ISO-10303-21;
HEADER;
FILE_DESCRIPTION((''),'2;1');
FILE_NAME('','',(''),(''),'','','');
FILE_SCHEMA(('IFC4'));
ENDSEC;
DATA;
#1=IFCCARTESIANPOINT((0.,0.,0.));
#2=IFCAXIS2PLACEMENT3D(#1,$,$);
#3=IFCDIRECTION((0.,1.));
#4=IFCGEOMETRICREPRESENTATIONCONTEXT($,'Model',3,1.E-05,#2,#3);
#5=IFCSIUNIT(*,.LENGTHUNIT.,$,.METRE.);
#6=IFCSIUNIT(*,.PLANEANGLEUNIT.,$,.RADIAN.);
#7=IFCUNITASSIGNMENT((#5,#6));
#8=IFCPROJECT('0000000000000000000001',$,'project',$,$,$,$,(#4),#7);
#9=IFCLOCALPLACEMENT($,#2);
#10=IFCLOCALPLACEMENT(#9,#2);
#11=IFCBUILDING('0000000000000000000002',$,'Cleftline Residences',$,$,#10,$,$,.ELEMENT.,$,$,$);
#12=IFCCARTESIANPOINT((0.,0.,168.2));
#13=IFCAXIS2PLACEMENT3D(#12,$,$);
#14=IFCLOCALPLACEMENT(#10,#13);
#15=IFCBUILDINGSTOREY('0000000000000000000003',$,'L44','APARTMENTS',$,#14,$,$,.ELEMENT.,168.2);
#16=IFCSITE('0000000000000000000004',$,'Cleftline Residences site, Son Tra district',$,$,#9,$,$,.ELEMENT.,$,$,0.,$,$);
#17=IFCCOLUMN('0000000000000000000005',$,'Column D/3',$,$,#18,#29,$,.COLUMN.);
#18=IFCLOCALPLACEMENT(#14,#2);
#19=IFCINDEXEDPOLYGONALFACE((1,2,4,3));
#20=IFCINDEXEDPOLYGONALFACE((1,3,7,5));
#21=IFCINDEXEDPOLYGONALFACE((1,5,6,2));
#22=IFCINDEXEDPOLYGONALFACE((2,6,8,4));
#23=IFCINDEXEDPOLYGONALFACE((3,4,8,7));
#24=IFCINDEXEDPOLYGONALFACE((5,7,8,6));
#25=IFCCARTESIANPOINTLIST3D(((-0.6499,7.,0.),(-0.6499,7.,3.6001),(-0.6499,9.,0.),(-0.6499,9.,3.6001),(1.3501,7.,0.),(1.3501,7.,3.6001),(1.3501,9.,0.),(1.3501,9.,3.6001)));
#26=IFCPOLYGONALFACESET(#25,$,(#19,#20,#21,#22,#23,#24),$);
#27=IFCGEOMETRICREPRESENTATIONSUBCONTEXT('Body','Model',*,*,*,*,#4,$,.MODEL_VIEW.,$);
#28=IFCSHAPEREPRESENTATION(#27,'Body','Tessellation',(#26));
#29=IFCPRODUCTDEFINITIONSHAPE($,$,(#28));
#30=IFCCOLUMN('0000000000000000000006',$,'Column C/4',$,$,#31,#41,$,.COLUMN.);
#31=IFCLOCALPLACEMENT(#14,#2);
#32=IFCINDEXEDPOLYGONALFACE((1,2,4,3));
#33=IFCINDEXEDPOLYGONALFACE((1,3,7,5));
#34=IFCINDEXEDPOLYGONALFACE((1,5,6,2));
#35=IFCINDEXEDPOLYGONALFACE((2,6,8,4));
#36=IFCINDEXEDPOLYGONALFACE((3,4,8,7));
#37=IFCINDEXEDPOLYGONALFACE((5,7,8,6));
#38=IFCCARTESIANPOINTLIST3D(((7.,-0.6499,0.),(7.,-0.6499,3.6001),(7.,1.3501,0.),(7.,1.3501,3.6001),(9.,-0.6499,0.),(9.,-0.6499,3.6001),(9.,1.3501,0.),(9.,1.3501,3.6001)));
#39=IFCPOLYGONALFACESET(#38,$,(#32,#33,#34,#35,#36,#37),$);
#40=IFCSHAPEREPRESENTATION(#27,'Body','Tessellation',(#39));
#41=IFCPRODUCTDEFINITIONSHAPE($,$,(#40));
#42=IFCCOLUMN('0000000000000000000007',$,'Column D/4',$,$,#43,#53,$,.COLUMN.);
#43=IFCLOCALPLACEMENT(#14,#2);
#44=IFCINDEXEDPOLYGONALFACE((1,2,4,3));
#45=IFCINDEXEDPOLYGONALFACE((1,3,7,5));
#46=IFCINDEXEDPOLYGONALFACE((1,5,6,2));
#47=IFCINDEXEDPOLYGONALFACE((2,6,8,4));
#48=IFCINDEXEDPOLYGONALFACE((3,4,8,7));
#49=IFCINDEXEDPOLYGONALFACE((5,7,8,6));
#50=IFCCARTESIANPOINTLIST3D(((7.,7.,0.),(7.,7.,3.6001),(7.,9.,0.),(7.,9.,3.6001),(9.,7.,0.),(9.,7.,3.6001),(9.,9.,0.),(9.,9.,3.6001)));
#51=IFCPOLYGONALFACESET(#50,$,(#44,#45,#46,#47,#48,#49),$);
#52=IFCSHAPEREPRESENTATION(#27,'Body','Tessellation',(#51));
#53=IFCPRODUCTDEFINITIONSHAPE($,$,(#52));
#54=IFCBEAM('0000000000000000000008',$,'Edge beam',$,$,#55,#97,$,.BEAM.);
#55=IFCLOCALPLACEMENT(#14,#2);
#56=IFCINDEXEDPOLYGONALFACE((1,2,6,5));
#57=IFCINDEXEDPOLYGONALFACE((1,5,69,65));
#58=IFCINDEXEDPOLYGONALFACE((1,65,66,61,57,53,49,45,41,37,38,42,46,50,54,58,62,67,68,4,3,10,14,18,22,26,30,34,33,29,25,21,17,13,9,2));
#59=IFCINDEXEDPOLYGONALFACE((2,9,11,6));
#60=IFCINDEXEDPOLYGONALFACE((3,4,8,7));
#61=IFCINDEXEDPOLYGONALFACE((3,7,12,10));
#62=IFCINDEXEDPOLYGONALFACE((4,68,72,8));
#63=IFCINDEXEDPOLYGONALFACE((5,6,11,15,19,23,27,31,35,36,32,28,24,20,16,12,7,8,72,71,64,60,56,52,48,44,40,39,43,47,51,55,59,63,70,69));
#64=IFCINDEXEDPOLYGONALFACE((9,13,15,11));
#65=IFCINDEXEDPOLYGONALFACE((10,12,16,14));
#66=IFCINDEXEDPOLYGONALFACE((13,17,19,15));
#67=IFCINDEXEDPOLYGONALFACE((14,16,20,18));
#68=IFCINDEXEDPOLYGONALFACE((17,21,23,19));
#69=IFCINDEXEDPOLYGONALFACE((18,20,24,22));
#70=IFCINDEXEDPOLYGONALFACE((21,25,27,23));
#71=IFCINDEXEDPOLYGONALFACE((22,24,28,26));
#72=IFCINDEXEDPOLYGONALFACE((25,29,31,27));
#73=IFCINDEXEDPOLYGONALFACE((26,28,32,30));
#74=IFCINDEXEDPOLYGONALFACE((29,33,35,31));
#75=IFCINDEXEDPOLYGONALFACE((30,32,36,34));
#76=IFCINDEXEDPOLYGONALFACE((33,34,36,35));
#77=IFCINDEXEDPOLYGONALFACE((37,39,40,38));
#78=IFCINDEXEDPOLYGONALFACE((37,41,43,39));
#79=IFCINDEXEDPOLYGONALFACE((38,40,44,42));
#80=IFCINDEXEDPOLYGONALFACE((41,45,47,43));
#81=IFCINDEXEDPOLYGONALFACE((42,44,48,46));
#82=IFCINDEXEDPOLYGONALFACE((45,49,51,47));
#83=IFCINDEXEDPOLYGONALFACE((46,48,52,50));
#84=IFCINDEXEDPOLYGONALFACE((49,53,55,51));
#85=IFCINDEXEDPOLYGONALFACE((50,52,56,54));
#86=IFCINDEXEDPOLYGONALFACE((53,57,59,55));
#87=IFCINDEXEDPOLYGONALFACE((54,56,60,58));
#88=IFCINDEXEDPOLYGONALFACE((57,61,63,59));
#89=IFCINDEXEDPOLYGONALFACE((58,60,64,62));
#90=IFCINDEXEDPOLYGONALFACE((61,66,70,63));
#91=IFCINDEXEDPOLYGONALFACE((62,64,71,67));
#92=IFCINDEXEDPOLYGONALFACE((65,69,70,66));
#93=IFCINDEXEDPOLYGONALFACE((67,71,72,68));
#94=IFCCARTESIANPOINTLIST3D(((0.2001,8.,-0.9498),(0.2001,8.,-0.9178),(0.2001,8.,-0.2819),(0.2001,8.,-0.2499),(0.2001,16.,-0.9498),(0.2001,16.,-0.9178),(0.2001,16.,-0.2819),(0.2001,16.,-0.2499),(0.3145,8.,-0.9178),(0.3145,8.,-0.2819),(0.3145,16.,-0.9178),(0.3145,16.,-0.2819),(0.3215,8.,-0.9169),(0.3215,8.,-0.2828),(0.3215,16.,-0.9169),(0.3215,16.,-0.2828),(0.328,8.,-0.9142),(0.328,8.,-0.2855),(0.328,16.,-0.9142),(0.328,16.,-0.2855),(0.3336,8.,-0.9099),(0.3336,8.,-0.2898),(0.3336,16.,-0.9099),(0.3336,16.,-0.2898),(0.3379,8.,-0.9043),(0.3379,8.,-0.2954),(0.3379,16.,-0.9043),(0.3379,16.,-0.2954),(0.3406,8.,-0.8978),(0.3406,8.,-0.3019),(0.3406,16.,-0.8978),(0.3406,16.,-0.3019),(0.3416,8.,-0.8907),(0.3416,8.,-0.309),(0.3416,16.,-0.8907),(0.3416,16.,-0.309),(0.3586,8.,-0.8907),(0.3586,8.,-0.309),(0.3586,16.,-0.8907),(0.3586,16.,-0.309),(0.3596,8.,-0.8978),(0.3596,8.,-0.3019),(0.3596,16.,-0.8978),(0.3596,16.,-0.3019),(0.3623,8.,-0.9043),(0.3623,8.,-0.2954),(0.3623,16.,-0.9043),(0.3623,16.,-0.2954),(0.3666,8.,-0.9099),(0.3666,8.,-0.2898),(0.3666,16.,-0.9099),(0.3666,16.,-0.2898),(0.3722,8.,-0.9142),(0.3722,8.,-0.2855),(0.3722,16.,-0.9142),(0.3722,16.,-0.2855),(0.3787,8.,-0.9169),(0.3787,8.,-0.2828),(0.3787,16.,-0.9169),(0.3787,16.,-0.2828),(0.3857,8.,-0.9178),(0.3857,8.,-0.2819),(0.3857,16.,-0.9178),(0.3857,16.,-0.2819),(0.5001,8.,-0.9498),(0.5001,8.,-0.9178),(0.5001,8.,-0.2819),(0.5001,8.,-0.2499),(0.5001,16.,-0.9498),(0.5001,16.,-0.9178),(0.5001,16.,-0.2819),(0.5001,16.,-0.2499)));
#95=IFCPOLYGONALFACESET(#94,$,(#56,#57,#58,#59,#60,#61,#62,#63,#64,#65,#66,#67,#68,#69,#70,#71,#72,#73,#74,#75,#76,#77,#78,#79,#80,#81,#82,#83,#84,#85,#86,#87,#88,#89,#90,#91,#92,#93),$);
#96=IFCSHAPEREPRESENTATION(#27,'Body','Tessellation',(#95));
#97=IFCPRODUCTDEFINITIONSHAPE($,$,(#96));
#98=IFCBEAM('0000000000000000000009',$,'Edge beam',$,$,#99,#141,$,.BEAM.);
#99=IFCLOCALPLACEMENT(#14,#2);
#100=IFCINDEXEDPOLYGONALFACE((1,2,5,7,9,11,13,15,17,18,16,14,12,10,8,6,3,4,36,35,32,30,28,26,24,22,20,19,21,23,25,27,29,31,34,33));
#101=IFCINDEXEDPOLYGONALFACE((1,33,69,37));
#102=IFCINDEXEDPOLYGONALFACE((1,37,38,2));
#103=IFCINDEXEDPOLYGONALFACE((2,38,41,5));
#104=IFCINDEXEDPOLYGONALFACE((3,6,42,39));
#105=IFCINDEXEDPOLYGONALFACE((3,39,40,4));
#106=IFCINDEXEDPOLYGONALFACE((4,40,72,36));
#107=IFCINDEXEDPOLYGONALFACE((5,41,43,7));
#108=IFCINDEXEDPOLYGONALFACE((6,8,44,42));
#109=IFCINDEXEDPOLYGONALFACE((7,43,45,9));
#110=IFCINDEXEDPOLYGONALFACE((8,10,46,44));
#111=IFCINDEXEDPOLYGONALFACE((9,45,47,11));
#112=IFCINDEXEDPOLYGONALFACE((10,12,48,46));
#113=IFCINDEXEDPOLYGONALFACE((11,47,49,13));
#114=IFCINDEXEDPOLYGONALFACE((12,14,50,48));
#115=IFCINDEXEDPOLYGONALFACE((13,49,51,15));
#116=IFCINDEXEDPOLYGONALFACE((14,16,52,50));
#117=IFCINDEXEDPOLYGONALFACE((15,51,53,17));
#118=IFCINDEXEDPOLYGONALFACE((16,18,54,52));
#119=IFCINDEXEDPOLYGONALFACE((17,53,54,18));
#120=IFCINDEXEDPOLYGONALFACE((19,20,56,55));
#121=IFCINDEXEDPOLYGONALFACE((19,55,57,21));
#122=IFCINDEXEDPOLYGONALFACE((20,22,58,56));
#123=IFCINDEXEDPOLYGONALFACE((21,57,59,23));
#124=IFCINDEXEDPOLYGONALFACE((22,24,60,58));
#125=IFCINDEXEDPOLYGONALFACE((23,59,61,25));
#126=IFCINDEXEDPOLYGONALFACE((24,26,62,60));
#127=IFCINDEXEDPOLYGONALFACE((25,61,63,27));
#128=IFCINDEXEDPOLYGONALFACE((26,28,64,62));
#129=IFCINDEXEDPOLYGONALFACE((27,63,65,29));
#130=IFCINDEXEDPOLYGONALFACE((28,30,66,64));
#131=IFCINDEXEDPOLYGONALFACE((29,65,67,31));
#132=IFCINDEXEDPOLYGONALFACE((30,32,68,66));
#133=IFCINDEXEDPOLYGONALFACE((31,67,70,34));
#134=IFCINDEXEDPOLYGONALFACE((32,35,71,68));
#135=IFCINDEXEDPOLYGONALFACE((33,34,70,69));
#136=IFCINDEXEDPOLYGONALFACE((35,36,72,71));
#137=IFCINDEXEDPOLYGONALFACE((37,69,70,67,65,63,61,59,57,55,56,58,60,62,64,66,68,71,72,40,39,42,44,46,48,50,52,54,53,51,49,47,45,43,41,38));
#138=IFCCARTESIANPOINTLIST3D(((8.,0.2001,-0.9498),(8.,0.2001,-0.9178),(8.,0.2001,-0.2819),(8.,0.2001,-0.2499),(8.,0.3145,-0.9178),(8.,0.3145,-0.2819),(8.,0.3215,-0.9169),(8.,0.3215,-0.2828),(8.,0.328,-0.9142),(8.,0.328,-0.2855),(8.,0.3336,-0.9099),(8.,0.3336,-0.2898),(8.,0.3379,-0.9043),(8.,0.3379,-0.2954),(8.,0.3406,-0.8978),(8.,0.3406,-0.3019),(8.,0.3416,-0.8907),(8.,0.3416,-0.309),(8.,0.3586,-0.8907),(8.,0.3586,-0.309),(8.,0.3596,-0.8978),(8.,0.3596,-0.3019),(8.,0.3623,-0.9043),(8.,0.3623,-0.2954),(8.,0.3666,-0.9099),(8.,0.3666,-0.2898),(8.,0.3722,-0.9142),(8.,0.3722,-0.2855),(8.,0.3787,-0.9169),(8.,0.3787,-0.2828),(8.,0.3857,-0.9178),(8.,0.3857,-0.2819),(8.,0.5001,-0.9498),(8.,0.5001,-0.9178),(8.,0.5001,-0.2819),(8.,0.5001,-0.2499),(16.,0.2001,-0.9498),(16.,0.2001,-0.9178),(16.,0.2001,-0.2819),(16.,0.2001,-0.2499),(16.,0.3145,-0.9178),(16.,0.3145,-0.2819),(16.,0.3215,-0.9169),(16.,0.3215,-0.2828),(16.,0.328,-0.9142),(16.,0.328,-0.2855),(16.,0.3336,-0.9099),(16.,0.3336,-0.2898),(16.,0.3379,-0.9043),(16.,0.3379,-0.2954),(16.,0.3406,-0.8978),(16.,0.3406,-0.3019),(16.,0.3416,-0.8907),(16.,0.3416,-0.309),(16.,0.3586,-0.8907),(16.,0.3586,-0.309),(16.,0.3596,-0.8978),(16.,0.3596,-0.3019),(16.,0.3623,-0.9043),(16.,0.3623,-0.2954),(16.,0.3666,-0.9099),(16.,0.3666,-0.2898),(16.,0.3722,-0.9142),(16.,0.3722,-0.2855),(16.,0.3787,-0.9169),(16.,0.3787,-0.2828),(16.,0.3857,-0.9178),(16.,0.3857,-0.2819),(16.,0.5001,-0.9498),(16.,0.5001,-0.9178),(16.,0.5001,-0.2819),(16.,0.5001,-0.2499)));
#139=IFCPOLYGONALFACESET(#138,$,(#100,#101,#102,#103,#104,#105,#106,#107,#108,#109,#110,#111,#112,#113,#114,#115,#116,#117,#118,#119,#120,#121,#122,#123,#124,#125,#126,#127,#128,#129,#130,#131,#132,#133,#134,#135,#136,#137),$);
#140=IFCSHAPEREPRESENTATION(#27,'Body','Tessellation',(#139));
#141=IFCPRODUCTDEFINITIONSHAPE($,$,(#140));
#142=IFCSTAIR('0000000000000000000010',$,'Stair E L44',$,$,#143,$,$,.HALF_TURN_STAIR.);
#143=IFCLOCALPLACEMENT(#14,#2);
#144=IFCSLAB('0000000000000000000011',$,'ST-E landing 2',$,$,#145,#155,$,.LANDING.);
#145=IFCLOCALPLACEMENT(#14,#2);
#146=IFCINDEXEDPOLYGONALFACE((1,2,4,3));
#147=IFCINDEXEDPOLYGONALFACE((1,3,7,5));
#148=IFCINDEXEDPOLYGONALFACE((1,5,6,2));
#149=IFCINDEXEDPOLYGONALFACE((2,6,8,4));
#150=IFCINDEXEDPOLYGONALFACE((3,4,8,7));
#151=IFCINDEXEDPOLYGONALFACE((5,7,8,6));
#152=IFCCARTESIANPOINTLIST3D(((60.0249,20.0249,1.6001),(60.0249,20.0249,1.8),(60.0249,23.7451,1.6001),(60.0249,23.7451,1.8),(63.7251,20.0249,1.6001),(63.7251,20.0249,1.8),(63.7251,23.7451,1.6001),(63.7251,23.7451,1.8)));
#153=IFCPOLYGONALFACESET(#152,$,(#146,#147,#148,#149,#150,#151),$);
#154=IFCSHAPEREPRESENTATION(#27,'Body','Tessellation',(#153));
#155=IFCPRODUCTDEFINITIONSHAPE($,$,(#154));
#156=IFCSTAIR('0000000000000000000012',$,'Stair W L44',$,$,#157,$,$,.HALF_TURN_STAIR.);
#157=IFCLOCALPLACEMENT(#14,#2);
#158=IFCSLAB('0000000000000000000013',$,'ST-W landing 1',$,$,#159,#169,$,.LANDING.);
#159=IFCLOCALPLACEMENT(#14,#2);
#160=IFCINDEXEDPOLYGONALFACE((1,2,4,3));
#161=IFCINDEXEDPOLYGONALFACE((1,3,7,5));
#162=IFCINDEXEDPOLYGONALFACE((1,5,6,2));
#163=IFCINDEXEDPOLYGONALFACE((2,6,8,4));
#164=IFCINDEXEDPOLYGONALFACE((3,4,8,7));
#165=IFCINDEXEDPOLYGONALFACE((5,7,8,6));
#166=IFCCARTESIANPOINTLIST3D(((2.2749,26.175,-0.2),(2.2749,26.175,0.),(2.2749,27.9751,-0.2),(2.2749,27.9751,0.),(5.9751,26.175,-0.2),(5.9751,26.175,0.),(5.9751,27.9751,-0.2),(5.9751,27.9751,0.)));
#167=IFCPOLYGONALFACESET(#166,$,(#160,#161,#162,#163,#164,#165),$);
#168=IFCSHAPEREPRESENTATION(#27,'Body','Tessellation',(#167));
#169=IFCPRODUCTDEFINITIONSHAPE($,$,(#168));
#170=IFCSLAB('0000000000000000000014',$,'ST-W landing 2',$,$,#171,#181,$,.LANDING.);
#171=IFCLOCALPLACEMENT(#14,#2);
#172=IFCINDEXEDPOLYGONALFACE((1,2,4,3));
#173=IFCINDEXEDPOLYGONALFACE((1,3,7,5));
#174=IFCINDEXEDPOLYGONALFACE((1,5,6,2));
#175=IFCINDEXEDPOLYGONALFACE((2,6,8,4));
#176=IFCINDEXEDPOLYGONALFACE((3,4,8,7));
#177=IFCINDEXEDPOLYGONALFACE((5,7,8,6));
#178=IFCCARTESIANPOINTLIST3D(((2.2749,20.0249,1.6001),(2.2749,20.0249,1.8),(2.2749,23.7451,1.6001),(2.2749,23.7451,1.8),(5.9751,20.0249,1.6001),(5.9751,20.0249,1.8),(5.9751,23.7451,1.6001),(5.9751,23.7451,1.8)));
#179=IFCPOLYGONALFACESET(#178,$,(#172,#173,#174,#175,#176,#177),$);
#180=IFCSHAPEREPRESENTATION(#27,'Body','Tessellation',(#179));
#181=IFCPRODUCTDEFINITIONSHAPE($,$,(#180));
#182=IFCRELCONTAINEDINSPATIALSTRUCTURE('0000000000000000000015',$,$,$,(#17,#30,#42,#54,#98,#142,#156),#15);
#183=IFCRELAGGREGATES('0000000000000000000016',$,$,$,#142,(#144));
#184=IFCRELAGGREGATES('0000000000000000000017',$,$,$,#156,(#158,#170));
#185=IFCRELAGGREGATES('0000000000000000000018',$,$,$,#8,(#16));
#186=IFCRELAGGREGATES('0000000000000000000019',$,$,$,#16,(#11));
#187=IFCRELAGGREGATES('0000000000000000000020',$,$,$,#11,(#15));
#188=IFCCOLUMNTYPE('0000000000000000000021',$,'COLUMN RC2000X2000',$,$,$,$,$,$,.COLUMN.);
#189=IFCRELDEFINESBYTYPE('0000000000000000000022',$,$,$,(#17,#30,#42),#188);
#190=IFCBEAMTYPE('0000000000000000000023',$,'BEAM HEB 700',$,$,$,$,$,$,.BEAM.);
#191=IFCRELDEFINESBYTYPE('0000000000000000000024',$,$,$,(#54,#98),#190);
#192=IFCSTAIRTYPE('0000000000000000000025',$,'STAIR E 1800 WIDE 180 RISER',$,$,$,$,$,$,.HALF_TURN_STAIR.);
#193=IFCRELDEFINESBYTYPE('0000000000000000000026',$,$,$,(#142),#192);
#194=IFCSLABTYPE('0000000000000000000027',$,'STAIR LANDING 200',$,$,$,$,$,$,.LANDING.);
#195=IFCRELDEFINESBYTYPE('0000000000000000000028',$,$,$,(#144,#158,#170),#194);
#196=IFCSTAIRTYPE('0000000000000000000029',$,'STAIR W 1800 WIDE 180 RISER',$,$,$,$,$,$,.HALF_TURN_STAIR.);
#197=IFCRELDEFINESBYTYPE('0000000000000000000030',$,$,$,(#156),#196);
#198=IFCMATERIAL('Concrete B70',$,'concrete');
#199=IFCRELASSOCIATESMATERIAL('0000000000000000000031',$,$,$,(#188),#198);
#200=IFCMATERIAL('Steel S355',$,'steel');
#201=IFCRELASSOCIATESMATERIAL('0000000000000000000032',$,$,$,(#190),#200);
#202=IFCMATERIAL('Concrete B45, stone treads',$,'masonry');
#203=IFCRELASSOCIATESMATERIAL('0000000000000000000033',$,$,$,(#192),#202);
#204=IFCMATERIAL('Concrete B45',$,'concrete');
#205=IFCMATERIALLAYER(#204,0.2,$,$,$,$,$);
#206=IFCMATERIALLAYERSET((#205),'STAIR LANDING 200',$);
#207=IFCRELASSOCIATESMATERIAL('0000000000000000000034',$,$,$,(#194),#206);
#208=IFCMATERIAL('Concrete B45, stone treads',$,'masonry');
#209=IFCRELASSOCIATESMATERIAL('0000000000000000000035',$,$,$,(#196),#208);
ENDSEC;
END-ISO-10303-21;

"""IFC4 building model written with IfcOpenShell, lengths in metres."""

from ifc_helpers import new_model, si_unit, direction, frame, origin, origin_2d, place, context, subcontext, project, spatial, polyline, rectangle, i_section, outline, extrude, material, layer, layer_set, material_profile, profile_set, type_object, element, aggregate, save


model = new_model("IFC4")

# Units and contexts
model_context = context("Model", 3, precision=1e-05, world=origin(), true_north=direction((0.0, 1.0)))
body_context = subcontext(model_context, "Body", "Model", "MODEL_VIEW")
ifc_project = project(units=[si_unit("LENGTHUNIT", "METRE"), si_unit("PLANEANGLEUNIT", "RADIAN")], contexts=[model_context])

# Site, building, storey
site_placement = place(None, origin())
site = spatial("IfcSite", under=ifc_project, at=site_placement, Name="Cleftline Residences site, Son Tra district", CompositionType="ELEMENT", RefElevation=0.0)
building_placement = place(site_placement, origin())
building = spatial("IfcBuilding", under=site, at=building_placement, Name="Cleftline Residences", CompositionType="ELEMENT")
storey_placement = place(building_placement, frame((0.0, 0.0, 168.2)))
storey = spatial("IfcBuildingStorey", under=building, at=storey_placement, Name="L44", Description="APARTMENTS", CompositionType="ELEMENT", Elevation=168.2)

# Columns
ifc_material_1 = material(Name="Concrete B70", Category="concrete")
ifc_material_profile_1 = material_profile(ifc_material_1, rectangle(XDim=2.0, YDim=2.0, at=origin_2d()))
ifc_profile_set_1 = profile_set([ifc_material_profile_1], Name="Concrete B70")
column_type = type_object("IfcColumnType", Name="COLUMN RC2000X2000", PredefinedType="COLUMN", material=ifc_profile_set_1)
for number, where, z_axis, x_axis, name in (
    (1, (0.3501, 8.0, 0.0), (0.0, 0.0, 1.0), (1.0, 0.0, 0.0), "Column D/3"),
    (2, (8.0, 0.3501, 0.0), (0.0, 0.0, 1.0), (1.0, 0.0, 0.0), "Column C/4"),
    (3, (8.0, 8.0, 0.0), (0.0, 0.0, 1.0), (1.0, 0.0, 0.0), "Column D/4"),
):
    element("IfcColumn", number, at=place(storey_placement, frame(where, z_axis=z_axis, x_axis=x_axis)), inside=storey, type_object=column_type, Name=name, PredefinedType="COLUMN", context=body_context, shape_type="SweptSolid", body=[
        extrude(rectangle(XDim=2.0, YDim=2.0, at=origin_2d()), origin(), (0.0, 0.0, 1.0), 3.6001),
    ])

# Beams
ifc_material_2 = material(Name="Steel S355", Category="steel")
ifc_material_profile_2 = material_profile(ifc_material_2, i_section(OverallWidth=0.3, OverallDepth=0.7, WebThickness=0.0171, FlangeThickness=0.032, FilletRadius=0.0271, at=origin_2d()))
ifc_profile_set_2 = profile_set([ifc_material_profile_2], Name="Steel S355")
beam_type = type_object("IfcBeamType", Name="BEAM HEB 700", PredefinedType="BEAM", material=ifc_profile_set_2)
for number, where, z_axis, x_axis, name in (
    (4, (0.3501, 8.0, -0.5999), (0.0, 1.0, 0.0), (-1.0, 0.0, 0.0), "Edge beam"),
    (5, (8.0, 0.3501, -0.5999), (1.0, 0.0, 0.0), (0.0, 1.0, 0.0), "Edge beam"),
):
    element("IfcBeam", number, at=place(storey_placement, frame(where, z_axis=z_axis, x_axis=x_axis)), inside=storey, type_object=beam_type, Name=name, PredefinedType="BEAM", context=body_context, shape_type="SweptSolid", body=[
        extrude(i_section(OverallWidth=0.3, OverallDepth=0.7, WebThickness=0.0171, FlangeThickness=0.032, FilletRadius=0.0271, at=origin_2d()), origin(), (0.0, 0.0, 1.0), 8.0),
    ])

# Stair, slab
ifc_material_3 = material(Name="Concrete B45, stone treads", Category="masonry")
stair_type_1 = type_object("IfcStairType", Name="STAIR E 1800 WIDE 180 RISER", PredefinedType="HALF_TURN_STAIR", material=ifc_material_3)
stair_1_placement = place(storey_placement, origin())
stair_1 = element("IfcStair", 6, at=stair_1_placement, inside=storey, type_object=stair_type_1, Name="Stair E L44", PredefinedType="HALF_TURN_STAIR")
ifc_material_4 = material(Name="Concrete B45", Category="concrete")
ifc_layer_1 = layer(ifc_material_4, 0.2)
ifc_layer_set_1 = layer_set([ifc_layer_1], Name="STAIR LANDING 200")
slab_type = type_object("IfcSlabType", Name="STAIR LANDING 200", PredefinedType="LANDING", material=ifc_layer_set_1)
slab_1_placement = place(storey_placement, frame((0.0, 0.0, 1.6001)))
slab_1 = element("IfcSlab", 7, at=slab_1_placement, type_object=slab_type, Name="ST-E landing 2", PredefinedType="LANDING", context=body_context, shape_type="SweptSolid", body=[
    extrude(outline(polyline([(60.0249, 20.0249), (63.7251, 20.0249), (63.7251, 23.7451), (60.0249, 23.7451), (60.0249, 20.0249)])), origin(), (0.0, 0.0, 1.0), 0.2),
])
aggregate(stair_1, [slab_1])

# Stair, slabs
ifc_material_5 = material(Name="Concrete B45, stone treads", Category="masonry")
stair_type_2 = type_object("IfcStairType", Name="STAIR W 1800 WIDE 180 RISER", PredefinedType="HALF_TURN_STAIR", material=ifc_material_5)
stair_2_placement = place(storey_placement, origin())
stair_2 = element("IfcStair", 8, at=stair_2_placement, inside=storey, type_object=stair_type_2, Name="Stair W L44", PredefinedType="HALF_TURN_STAIR")
slab_2_placement = place(storey_placement, frame((0.0, 0.0, -0.2)))
slab_2 = element("IfcSlab", 9, at=slab_2_placement, type_object=slab_type, Name="ST-W landing 1", PredefinedType="LANDING", context=body_context, shape_type="SweptSolid", body=[
    extrude(outline(polyline([(2.2749, 26.175), (5.9751, 26.175), (5.9751, 27.9751), (2.2749, 27.9751), (2.2749, 26.175)])), origin(), (0.0, 0.0, 1.0), 0.2),
])
slab_3_placement = place(storey_placement, frame((0.0, 0.0, 1.6001)))
slab_3 = element("IfcSlab", 10, at=slab_3_placement, type_object=slab_type, Name="ST-W landing 2", PredefinedType="LANDING", context=body_context, shape_type="SweptSolid", body=[
    extrude(outline(polyline([(2.2749, 20.0249), (5.9751, 20.0249), (5.9751, 23.7451), (2.2749, 23.7451), (2.2749, 20.0249)])), origin(), (0.0, 0.0, 1.0), 0.2),
])
aggregate(stair_2, [slab_2, slab_3])

save(model, "model.ifc")
